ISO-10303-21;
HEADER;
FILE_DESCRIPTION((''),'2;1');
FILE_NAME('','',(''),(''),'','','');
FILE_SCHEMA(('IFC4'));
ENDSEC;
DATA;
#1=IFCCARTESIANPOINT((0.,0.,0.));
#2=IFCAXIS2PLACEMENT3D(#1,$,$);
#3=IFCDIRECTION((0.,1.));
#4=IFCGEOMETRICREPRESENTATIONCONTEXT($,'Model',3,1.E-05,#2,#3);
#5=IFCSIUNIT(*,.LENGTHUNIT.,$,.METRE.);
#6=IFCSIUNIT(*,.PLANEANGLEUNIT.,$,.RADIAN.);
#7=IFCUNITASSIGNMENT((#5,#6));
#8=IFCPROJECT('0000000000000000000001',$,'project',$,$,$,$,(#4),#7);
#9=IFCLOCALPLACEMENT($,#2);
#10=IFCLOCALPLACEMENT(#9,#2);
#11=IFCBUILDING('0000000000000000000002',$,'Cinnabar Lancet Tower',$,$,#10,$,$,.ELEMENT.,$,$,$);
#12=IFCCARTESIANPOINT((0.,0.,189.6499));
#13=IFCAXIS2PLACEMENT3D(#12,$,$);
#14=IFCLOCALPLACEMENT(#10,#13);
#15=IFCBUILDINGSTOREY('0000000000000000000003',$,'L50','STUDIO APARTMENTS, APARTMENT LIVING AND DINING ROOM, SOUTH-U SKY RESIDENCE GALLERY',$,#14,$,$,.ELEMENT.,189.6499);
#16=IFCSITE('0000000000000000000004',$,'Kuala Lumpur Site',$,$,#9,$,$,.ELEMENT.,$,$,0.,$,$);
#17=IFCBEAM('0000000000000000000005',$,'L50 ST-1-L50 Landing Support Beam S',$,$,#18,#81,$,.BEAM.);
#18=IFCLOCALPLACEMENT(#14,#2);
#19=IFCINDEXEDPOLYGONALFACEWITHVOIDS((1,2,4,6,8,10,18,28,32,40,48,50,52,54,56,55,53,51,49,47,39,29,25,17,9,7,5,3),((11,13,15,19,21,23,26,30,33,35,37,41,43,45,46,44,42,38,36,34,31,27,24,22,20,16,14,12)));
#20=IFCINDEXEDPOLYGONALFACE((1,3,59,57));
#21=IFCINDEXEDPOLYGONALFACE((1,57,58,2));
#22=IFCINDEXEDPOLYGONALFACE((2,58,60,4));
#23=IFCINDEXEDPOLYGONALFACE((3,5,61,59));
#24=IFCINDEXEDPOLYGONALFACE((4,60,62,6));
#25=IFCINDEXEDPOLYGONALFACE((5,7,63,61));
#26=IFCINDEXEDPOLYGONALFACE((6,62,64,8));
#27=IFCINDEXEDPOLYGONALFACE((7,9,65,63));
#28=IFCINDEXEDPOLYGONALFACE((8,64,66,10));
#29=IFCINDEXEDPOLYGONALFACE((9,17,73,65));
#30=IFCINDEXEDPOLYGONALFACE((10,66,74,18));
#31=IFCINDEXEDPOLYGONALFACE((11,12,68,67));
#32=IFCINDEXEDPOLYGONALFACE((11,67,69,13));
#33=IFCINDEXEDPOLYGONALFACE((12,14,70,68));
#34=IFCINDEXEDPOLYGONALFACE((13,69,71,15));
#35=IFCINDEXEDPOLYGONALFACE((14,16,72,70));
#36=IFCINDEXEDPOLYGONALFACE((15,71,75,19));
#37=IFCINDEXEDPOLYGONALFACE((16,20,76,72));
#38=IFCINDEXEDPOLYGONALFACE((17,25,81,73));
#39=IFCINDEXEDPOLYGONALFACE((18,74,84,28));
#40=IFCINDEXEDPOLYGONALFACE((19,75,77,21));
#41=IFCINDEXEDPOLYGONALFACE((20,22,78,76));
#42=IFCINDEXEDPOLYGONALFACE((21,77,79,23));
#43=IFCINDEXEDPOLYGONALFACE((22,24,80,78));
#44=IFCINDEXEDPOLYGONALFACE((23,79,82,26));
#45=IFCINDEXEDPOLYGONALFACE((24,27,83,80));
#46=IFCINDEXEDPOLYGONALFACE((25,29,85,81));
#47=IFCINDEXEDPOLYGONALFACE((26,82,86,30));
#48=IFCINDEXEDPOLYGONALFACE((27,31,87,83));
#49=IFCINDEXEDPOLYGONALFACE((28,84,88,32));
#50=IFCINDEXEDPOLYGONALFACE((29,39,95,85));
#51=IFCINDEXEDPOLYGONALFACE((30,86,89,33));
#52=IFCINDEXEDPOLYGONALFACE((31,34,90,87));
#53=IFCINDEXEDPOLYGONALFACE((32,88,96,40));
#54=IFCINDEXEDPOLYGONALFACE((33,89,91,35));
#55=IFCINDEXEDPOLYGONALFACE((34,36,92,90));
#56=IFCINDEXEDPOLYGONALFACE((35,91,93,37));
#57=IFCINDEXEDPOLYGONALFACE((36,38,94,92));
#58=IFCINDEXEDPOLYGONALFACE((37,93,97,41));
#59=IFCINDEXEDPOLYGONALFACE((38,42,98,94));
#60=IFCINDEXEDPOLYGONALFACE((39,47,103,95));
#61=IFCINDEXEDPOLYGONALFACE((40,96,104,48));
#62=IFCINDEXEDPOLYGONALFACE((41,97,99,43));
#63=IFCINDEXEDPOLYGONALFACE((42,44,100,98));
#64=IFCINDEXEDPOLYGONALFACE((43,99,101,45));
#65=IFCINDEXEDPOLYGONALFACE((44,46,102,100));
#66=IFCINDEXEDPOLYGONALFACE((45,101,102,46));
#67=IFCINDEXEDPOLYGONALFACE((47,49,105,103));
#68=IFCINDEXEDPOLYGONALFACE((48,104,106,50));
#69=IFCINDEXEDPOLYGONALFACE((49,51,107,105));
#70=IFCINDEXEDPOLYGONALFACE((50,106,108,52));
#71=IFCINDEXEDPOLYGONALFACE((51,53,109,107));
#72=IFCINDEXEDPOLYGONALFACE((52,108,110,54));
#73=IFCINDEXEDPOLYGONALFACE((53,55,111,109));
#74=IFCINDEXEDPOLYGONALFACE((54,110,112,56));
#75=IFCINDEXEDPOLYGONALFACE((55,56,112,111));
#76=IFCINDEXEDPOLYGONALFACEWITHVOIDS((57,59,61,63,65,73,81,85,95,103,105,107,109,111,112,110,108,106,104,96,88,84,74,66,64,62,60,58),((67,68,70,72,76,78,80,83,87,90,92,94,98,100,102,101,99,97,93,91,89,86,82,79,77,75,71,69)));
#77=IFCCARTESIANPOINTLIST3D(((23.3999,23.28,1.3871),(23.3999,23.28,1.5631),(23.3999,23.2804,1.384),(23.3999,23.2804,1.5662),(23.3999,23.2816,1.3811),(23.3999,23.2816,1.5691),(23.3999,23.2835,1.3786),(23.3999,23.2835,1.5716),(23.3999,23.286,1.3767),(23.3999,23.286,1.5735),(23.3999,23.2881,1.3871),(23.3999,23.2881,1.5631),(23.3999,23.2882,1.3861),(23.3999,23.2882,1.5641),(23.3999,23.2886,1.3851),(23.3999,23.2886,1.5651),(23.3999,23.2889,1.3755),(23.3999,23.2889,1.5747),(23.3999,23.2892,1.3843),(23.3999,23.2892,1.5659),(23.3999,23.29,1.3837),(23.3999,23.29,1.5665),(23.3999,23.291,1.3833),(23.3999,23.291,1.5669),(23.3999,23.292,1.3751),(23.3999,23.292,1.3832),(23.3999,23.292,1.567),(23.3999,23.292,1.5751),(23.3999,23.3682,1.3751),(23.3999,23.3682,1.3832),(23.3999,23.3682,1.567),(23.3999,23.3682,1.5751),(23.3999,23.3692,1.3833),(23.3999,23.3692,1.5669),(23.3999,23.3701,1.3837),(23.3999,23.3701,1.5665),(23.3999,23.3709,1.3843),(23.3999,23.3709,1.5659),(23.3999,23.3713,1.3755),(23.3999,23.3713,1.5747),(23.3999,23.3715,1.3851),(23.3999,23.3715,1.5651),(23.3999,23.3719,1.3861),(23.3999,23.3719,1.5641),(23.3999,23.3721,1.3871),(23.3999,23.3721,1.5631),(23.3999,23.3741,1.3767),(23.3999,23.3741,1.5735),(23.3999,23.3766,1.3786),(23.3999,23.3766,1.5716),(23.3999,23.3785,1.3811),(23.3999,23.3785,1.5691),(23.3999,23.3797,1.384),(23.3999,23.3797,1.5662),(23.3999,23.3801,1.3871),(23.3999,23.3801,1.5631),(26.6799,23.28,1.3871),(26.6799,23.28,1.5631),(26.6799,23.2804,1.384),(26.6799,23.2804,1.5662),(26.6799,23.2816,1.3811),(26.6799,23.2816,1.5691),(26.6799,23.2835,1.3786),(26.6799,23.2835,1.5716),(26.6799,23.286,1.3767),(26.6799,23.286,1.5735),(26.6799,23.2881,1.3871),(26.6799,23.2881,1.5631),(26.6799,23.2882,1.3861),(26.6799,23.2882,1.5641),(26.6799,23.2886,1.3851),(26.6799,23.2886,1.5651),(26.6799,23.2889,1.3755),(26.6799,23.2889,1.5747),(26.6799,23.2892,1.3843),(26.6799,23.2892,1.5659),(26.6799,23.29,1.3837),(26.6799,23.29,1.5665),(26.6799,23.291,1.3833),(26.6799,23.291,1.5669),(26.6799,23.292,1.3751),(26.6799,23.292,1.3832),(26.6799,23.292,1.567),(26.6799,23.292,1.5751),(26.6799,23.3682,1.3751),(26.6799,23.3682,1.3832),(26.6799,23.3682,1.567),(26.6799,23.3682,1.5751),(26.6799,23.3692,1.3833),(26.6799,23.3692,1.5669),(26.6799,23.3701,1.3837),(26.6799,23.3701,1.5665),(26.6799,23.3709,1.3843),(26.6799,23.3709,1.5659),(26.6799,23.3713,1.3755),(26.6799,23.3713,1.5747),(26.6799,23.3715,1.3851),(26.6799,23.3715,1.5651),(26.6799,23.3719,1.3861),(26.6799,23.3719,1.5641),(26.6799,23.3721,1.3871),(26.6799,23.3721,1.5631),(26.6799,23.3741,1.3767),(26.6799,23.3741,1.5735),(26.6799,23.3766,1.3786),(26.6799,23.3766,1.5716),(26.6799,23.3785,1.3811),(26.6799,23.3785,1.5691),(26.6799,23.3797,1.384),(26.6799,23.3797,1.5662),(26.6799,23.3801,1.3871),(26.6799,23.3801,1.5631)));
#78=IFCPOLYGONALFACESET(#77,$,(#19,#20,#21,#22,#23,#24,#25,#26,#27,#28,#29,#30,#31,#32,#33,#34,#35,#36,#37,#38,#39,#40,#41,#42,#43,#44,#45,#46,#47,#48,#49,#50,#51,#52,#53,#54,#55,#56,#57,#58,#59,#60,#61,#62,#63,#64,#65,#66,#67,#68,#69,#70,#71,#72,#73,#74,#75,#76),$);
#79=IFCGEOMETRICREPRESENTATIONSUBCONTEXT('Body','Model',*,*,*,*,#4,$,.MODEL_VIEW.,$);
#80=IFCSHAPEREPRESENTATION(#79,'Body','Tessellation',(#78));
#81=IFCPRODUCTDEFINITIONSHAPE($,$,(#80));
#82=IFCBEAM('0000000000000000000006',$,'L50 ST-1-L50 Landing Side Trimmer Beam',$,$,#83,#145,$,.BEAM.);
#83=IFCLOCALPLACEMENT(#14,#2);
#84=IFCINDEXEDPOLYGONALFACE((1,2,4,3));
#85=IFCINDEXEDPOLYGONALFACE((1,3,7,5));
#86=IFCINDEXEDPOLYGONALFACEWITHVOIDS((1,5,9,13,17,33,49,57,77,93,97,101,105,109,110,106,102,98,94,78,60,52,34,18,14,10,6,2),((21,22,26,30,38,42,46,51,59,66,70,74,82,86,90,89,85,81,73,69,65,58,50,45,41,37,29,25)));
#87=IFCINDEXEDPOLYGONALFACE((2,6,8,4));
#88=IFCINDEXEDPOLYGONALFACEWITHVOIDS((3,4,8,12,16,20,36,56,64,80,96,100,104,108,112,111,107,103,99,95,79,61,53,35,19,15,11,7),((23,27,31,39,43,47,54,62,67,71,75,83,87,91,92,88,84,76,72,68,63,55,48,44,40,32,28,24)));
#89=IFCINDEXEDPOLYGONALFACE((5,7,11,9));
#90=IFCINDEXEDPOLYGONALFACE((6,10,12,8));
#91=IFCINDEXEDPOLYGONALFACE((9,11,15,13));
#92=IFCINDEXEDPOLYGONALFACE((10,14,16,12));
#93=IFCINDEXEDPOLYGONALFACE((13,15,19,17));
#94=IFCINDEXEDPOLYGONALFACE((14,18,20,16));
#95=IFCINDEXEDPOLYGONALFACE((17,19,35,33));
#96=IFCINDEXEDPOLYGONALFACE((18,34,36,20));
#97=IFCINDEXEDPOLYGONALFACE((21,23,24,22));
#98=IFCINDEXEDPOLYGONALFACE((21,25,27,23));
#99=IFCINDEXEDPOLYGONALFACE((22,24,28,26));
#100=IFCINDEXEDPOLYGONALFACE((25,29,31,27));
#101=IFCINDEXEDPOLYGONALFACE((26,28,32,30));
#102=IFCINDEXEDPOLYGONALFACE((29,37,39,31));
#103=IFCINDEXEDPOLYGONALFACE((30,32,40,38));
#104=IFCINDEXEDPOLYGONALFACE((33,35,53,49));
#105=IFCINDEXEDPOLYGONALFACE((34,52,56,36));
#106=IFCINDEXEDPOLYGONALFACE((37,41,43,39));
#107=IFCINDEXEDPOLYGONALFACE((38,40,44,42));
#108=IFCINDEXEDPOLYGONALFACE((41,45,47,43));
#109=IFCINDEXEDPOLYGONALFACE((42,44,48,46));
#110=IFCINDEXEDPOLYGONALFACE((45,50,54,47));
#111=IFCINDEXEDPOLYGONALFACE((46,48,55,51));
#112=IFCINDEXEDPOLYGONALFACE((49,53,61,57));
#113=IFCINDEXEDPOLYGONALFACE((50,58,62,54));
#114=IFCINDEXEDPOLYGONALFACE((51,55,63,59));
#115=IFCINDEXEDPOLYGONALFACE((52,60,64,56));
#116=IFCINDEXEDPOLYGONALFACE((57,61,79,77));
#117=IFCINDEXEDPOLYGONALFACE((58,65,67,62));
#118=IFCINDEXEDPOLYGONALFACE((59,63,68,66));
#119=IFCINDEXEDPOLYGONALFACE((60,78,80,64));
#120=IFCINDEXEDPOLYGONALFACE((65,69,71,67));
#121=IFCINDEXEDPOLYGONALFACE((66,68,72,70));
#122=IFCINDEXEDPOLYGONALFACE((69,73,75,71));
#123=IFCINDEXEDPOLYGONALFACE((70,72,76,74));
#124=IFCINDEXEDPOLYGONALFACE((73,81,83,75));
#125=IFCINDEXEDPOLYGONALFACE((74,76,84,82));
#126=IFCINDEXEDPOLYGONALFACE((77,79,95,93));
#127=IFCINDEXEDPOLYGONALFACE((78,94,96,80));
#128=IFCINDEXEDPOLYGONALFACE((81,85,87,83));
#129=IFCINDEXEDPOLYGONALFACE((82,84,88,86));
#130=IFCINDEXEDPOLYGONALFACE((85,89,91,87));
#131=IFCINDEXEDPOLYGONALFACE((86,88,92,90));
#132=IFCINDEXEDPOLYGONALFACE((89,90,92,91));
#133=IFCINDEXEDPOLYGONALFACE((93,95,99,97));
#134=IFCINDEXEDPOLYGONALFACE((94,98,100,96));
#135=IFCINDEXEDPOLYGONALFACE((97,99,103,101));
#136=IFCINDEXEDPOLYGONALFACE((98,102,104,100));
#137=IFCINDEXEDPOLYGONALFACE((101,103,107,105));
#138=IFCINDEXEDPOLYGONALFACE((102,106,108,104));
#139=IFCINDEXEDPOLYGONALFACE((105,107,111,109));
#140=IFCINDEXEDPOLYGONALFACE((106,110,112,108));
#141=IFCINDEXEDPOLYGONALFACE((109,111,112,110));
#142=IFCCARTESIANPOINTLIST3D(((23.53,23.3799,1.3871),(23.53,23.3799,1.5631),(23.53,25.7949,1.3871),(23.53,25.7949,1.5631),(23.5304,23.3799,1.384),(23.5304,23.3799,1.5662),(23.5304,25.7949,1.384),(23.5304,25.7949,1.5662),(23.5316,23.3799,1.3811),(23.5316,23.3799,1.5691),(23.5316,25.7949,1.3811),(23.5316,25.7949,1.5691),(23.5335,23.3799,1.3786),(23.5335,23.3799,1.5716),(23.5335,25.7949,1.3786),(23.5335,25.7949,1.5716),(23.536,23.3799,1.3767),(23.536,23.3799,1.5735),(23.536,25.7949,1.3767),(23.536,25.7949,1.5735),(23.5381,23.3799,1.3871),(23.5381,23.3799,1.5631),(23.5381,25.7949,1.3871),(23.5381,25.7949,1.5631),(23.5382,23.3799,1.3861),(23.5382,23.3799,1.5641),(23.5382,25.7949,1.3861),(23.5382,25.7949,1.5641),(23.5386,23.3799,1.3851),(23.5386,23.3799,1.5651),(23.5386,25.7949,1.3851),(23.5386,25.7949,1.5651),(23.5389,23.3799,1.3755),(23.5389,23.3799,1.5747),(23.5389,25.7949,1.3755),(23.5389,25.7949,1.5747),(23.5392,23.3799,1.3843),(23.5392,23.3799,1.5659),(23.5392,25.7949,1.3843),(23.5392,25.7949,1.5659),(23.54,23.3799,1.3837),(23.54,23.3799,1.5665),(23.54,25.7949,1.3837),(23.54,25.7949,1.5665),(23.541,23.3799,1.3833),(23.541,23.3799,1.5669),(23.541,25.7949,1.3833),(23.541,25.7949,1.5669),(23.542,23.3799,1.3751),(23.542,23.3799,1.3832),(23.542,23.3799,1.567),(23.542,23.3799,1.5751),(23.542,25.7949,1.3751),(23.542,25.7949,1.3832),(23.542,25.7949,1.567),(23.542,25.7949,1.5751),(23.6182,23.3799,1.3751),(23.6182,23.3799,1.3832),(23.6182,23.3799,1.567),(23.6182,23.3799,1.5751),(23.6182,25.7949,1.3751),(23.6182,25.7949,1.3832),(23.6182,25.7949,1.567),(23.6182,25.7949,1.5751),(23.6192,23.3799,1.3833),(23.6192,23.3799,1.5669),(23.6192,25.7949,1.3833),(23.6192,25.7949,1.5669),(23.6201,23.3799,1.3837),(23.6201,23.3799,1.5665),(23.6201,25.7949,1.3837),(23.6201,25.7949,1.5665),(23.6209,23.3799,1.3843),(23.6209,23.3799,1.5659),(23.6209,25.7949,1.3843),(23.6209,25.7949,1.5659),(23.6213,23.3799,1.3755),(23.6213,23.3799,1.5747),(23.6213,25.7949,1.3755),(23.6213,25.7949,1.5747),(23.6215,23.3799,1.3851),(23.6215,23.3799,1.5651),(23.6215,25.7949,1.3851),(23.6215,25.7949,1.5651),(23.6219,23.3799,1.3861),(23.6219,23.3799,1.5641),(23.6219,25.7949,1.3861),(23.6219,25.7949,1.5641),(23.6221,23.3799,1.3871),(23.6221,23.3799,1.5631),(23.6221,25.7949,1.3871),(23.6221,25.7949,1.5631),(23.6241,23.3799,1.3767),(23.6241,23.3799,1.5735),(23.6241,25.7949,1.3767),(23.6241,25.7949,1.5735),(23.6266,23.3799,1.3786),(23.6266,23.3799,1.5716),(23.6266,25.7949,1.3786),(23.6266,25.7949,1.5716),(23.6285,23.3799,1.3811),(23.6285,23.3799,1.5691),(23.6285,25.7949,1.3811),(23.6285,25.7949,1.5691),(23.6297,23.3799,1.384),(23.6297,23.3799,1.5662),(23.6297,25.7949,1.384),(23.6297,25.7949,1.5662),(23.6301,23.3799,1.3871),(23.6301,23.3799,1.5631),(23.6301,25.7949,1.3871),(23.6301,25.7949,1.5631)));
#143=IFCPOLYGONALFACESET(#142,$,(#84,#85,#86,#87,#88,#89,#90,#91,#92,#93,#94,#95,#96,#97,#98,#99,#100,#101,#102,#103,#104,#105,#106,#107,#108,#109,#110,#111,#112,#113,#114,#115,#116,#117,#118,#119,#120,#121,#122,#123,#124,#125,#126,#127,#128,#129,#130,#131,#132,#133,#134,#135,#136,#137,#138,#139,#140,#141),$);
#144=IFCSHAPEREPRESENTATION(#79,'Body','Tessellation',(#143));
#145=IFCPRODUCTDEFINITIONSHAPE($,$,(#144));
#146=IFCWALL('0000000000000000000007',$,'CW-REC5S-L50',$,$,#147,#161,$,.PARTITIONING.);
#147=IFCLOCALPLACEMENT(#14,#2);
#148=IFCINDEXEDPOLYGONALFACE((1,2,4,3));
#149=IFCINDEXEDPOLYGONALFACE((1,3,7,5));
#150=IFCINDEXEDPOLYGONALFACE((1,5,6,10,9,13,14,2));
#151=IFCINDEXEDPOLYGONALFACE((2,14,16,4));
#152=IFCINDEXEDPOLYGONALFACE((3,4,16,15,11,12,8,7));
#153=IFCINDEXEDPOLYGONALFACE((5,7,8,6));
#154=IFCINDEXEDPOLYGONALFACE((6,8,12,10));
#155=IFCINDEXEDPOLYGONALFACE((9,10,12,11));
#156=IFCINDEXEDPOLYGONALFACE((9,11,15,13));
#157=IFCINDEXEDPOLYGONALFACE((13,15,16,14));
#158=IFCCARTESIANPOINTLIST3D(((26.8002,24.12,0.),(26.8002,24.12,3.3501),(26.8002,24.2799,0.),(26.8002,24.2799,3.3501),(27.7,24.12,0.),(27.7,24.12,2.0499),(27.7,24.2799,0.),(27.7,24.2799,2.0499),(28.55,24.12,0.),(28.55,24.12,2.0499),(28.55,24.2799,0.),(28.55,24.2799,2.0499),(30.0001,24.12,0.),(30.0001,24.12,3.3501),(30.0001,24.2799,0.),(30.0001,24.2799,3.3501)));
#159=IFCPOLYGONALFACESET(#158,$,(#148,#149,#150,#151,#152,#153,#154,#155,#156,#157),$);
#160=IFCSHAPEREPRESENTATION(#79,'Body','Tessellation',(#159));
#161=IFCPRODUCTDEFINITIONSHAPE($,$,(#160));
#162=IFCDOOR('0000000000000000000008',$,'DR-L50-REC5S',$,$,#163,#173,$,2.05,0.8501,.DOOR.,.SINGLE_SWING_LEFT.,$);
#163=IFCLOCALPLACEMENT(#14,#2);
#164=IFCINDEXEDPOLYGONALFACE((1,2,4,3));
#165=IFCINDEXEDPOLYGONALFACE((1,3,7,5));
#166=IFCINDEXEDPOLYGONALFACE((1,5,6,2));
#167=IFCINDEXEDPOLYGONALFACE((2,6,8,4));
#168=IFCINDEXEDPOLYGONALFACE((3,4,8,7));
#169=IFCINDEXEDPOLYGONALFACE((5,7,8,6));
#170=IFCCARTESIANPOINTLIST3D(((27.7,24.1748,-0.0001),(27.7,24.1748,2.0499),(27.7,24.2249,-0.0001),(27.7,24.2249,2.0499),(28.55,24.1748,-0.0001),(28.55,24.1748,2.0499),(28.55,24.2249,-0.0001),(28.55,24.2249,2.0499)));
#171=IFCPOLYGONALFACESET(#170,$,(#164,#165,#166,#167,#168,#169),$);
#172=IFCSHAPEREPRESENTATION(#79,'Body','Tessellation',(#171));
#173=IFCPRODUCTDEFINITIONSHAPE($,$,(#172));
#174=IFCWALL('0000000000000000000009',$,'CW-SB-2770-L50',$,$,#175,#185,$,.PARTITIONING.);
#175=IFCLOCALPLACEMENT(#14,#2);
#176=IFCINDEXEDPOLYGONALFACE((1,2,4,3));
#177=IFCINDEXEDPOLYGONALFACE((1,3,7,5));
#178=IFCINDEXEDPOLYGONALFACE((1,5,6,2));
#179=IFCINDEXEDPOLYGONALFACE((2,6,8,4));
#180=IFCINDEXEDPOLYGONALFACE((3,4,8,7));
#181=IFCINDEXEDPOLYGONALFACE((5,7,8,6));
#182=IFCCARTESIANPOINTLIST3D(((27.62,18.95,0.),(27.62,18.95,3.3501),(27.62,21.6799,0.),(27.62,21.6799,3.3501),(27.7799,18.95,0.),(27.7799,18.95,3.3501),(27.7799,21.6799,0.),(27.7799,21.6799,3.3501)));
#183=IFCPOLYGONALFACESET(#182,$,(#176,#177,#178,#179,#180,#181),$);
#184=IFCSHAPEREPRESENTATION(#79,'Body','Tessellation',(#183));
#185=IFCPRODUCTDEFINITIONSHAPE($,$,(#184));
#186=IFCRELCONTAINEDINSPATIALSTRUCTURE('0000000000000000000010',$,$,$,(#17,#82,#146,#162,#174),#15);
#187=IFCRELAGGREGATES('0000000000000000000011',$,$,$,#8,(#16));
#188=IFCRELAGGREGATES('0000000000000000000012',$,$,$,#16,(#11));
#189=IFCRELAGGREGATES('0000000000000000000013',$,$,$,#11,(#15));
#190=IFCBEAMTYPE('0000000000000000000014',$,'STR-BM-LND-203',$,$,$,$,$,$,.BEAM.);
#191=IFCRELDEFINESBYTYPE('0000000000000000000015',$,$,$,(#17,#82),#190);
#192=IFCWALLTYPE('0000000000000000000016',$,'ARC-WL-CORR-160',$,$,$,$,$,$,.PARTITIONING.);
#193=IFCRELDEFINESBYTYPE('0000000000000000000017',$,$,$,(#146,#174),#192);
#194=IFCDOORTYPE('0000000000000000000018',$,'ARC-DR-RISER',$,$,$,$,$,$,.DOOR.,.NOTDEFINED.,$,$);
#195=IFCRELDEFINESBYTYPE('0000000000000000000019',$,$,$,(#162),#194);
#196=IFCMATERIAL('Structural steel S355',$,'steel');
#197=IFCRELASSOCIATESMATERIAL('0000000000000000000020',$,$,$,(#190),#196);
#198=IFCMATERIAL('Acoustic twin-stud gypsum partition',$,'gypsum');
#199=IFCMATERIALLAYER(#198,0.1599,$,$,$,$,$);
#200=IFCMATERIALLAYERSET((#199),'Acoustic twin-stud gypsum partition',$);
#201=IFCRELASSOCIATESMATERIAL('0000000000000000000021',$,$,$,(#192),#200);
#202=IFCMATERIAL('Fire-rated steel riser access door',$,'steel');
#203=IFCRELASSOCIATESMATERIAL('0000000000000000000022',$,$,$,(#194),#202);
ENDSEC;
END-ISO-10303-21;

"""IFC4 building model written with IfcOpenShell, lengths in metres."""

from ifc_helpers import new_model, si_unit, direction, frame, frame_2d, origin, origin_2d, place, context, subcontext, project, spatial, rectangle, hollow_rectangle, extrude, material, layer, layer_set, material_profile, profile_set, type_object, element, fill, save


model = new_model("IFC4")

# Units and contexts
model_context = context("Model", 3, precision=1e-05, world=origin(), true_north=direction((0.0, 1.0)))
body_context = subcontext(model_context, "Body", "Model", "MODEL_VIEW")
ifc_project = project(units=[si_unit("LENGTHUNIT", "METRE"), si_unit("PLANEANGLEUNIT", "RADIAN")], contexts=[model_context])

# Site, building, storey
site_placement = place(None, origin())
site = spatial("IfcSite", under=ifc_project, at=site_placement, Name="Kuala Lumpur Site", CompositionType="ELEMENT", RefElevation=0.0)
building_placement = place(site_placement, origin())
building = spatial("IfcBuilding", under=site, at=building_placement, Name="Cinnabar Lancet Tower", CompositionType="ELEMENT")
storey_placement = place(building_placement, frame((0.0, 0.0, 189.6499)))
storey = spatial("IfcBuildingStorey", under=building, at=storey_placement, Name="L50", Description="STUDIO APARTMENTS, APARTMENT LIVING AND DINING ROOM, SOUTH-U SKY RESIDENCE GALLERY", CompositionType="ELEMENT", Elevation=189.6499)

# Beams
ifc_material_1 = material(Name="Structural steel S355", Category="steel")
ifc_material_profile_1 = material_profile(ifc_material_1, hollow_rectangle(XDim=0.1001, YDim=0.2, WallThickness=0.0081, InnerFilletRadius=0.0039, OuterFilletRadius=0.012, at=origin_2d()), Name="RHS 200x100x8")
ifc_profile_set_1 = profile_set([ifc_material_profile_1], Name="Structural steel S355")
beam_type_1 = type_object("IfcBeamType", Name="STR-BM-LND-203", PredefinedType="BEAM", material=ifc_profile_set_1)
beam_1_placement = place(storey_placement, frame((23.3999, 23.3301, 1.4751), z_axis=(1.0, 0.0, 0.0), x_axis=(0.0, 1.0, 0.0)))
element("IfcBeam", 1, at=beam_1_placement, inside=storey, type_object=beam_type_1, Name="L50 ST-1-L50 Landing Support Beam S", PredefinedType="BEAM", context=body_context, shape_type="SweptSolid", body=[
    extrude(hollow_rectangle(XDim=0.1001, YDim=0.2, WallThickness=0.0081, InnerFilletRadius=0.0039, OuterFilletRadius=0.012, at=origin_2d()), origin(), (0.0, 0.0, 1.0), 3.28),
])
beam_2_placement = place(storey_placement, frame((23.5801, 23.3799, 1.4751), z_axis=(0.0, 1.0, 0.0), x_axis=(-1.0, 0.0, 0.0)))
element("IfcBeam", 2, at=beam_2_placement, inside=storey, type_object=beam_type_1, Name="L50 ST-1-L50 Landing Side Trimmer Beam", PredefinedType="BEAM", context=body_context, shape_type="SweptSolid", body=[
    extrude(hollow_rectangle(XDim=0.1001, YDim=0.2, WallThickness=0.0081, InnerFilletRadius=0.0039, OuterFilletRadius=0.012, at=origin_2d()), origin(), (0.0, 0.0, 1.0), 2.415),
])

# Wall, opening, door
ifc_material_2 = material(Name="Acoustic twin-stud gypsum partition", Category="gypsum")
ifc_layer_1 = layer(ifc_material_2, 0.1599)
ifc_layer_set_1 = layer_set([ifc_layer_1], Name="Acoustic twin-stud gypsum partition")
wall_type_1 = type_object("IfcWallType", Name="ARC-WL-CORR-160", PredefinedType="PARTITIONING", material=ifc_layer_set_1)
wall_1_placement = place(storey_placement, frame((26.8, 24.2, 0.0), z_axis=(0.0, 0.0, 1.0), x_axis=(1.0, 0.0, 0.0)))
wall_1 = element("IfcWall", 3, at=wall_1_placement, inside=storey, type_object=wall_type_1, Name="CW-REC5S-L50", PredefinedType="PARTITIONING", context=body_context, shape_type="SweptSolid", body=[
    extrude(rectangle(XDim=3.2, YDim=0.1599, at=frame_2d((1.6001, 0.0))), origin(), (0.0, 0.0, 1.0), 3.3501),
])
opening_1_placement = place(wall_1_placement, frame((0.8999, 0.0, 0.0)))
opening_1 = element("IfcOpeningElement", 4, at=opening_1_placement, cuts=wall_1, PredefinedType="OPENING", context=body_context, shape_type="SweptSolid", body=[
    extrude(rectangle(XDim=0.8501, YDim=2.05, at=frame_2d((0.425, 1.0249))), frame((0.0, 0.0898, 0.0), z_axis=(0.0, -1.0, 0.0), x_axis=(1.0, 0.0, 0.0)), (0.0, 0.0, 1.0), 0.1799),
])
ifc_material_3 = material(Name="Fire-rated steel riser access door", Category="steel")
door_type_1 = type_object("IfcDoorType", Name="ARC-DR-RISER", OperationType="NOTDEFINED", PredefinedType="DOOR", material=ifc_material_3)
door_1_placement = place(opening_1_placement, origin())
door_1 = element("IfcDoor", 5, at=door_1_placement, inside=storey, type_object=door_type_1, Name="DR-L50-REC5S", OperationType="SINGLE_SWING_LEFT", OverallHeight=2.05, OverallWidth=0.8501, PredefinedType="DOOR", context=body_context, shape_type="SweptSolid", body=[
    extrude(rectangle(XDim=0.8501, YDim=2.05, at=frame_2d((0.425, 1.0249))), frame((0.0, 0.0249, 0.0), z_axis=(0.0, -1.0, 0.0), x_axis=(1.0, 0.0, 0.0)), (0.0, 0.0, 1.0), 0.05),
])
fill(opening_1, door_1)

# Wall
wall_2_placement = place(storey_placement, frame((27.7, 18.95, 0.0), z_axis=(0.0, 0.0, 1.0), x_axis=(0.0, 1.0, 0.0)))
element("IfcWall", 6, at=wall_2_placement, inside=storey, type_object=wall_type_1, Name="CW-SB-2770-L50", PredefinedType="PARTITIONING", context=body_context, shape_type="SweptSolid", body=[
    extrude(rectangle(XDim=2.73, YDim=0.1599, at=frame_2d((1.365, 0.0))), origin(), (0.0, 0.0, 1.0), 3.3501),
])

save(model, "model.ifc")
